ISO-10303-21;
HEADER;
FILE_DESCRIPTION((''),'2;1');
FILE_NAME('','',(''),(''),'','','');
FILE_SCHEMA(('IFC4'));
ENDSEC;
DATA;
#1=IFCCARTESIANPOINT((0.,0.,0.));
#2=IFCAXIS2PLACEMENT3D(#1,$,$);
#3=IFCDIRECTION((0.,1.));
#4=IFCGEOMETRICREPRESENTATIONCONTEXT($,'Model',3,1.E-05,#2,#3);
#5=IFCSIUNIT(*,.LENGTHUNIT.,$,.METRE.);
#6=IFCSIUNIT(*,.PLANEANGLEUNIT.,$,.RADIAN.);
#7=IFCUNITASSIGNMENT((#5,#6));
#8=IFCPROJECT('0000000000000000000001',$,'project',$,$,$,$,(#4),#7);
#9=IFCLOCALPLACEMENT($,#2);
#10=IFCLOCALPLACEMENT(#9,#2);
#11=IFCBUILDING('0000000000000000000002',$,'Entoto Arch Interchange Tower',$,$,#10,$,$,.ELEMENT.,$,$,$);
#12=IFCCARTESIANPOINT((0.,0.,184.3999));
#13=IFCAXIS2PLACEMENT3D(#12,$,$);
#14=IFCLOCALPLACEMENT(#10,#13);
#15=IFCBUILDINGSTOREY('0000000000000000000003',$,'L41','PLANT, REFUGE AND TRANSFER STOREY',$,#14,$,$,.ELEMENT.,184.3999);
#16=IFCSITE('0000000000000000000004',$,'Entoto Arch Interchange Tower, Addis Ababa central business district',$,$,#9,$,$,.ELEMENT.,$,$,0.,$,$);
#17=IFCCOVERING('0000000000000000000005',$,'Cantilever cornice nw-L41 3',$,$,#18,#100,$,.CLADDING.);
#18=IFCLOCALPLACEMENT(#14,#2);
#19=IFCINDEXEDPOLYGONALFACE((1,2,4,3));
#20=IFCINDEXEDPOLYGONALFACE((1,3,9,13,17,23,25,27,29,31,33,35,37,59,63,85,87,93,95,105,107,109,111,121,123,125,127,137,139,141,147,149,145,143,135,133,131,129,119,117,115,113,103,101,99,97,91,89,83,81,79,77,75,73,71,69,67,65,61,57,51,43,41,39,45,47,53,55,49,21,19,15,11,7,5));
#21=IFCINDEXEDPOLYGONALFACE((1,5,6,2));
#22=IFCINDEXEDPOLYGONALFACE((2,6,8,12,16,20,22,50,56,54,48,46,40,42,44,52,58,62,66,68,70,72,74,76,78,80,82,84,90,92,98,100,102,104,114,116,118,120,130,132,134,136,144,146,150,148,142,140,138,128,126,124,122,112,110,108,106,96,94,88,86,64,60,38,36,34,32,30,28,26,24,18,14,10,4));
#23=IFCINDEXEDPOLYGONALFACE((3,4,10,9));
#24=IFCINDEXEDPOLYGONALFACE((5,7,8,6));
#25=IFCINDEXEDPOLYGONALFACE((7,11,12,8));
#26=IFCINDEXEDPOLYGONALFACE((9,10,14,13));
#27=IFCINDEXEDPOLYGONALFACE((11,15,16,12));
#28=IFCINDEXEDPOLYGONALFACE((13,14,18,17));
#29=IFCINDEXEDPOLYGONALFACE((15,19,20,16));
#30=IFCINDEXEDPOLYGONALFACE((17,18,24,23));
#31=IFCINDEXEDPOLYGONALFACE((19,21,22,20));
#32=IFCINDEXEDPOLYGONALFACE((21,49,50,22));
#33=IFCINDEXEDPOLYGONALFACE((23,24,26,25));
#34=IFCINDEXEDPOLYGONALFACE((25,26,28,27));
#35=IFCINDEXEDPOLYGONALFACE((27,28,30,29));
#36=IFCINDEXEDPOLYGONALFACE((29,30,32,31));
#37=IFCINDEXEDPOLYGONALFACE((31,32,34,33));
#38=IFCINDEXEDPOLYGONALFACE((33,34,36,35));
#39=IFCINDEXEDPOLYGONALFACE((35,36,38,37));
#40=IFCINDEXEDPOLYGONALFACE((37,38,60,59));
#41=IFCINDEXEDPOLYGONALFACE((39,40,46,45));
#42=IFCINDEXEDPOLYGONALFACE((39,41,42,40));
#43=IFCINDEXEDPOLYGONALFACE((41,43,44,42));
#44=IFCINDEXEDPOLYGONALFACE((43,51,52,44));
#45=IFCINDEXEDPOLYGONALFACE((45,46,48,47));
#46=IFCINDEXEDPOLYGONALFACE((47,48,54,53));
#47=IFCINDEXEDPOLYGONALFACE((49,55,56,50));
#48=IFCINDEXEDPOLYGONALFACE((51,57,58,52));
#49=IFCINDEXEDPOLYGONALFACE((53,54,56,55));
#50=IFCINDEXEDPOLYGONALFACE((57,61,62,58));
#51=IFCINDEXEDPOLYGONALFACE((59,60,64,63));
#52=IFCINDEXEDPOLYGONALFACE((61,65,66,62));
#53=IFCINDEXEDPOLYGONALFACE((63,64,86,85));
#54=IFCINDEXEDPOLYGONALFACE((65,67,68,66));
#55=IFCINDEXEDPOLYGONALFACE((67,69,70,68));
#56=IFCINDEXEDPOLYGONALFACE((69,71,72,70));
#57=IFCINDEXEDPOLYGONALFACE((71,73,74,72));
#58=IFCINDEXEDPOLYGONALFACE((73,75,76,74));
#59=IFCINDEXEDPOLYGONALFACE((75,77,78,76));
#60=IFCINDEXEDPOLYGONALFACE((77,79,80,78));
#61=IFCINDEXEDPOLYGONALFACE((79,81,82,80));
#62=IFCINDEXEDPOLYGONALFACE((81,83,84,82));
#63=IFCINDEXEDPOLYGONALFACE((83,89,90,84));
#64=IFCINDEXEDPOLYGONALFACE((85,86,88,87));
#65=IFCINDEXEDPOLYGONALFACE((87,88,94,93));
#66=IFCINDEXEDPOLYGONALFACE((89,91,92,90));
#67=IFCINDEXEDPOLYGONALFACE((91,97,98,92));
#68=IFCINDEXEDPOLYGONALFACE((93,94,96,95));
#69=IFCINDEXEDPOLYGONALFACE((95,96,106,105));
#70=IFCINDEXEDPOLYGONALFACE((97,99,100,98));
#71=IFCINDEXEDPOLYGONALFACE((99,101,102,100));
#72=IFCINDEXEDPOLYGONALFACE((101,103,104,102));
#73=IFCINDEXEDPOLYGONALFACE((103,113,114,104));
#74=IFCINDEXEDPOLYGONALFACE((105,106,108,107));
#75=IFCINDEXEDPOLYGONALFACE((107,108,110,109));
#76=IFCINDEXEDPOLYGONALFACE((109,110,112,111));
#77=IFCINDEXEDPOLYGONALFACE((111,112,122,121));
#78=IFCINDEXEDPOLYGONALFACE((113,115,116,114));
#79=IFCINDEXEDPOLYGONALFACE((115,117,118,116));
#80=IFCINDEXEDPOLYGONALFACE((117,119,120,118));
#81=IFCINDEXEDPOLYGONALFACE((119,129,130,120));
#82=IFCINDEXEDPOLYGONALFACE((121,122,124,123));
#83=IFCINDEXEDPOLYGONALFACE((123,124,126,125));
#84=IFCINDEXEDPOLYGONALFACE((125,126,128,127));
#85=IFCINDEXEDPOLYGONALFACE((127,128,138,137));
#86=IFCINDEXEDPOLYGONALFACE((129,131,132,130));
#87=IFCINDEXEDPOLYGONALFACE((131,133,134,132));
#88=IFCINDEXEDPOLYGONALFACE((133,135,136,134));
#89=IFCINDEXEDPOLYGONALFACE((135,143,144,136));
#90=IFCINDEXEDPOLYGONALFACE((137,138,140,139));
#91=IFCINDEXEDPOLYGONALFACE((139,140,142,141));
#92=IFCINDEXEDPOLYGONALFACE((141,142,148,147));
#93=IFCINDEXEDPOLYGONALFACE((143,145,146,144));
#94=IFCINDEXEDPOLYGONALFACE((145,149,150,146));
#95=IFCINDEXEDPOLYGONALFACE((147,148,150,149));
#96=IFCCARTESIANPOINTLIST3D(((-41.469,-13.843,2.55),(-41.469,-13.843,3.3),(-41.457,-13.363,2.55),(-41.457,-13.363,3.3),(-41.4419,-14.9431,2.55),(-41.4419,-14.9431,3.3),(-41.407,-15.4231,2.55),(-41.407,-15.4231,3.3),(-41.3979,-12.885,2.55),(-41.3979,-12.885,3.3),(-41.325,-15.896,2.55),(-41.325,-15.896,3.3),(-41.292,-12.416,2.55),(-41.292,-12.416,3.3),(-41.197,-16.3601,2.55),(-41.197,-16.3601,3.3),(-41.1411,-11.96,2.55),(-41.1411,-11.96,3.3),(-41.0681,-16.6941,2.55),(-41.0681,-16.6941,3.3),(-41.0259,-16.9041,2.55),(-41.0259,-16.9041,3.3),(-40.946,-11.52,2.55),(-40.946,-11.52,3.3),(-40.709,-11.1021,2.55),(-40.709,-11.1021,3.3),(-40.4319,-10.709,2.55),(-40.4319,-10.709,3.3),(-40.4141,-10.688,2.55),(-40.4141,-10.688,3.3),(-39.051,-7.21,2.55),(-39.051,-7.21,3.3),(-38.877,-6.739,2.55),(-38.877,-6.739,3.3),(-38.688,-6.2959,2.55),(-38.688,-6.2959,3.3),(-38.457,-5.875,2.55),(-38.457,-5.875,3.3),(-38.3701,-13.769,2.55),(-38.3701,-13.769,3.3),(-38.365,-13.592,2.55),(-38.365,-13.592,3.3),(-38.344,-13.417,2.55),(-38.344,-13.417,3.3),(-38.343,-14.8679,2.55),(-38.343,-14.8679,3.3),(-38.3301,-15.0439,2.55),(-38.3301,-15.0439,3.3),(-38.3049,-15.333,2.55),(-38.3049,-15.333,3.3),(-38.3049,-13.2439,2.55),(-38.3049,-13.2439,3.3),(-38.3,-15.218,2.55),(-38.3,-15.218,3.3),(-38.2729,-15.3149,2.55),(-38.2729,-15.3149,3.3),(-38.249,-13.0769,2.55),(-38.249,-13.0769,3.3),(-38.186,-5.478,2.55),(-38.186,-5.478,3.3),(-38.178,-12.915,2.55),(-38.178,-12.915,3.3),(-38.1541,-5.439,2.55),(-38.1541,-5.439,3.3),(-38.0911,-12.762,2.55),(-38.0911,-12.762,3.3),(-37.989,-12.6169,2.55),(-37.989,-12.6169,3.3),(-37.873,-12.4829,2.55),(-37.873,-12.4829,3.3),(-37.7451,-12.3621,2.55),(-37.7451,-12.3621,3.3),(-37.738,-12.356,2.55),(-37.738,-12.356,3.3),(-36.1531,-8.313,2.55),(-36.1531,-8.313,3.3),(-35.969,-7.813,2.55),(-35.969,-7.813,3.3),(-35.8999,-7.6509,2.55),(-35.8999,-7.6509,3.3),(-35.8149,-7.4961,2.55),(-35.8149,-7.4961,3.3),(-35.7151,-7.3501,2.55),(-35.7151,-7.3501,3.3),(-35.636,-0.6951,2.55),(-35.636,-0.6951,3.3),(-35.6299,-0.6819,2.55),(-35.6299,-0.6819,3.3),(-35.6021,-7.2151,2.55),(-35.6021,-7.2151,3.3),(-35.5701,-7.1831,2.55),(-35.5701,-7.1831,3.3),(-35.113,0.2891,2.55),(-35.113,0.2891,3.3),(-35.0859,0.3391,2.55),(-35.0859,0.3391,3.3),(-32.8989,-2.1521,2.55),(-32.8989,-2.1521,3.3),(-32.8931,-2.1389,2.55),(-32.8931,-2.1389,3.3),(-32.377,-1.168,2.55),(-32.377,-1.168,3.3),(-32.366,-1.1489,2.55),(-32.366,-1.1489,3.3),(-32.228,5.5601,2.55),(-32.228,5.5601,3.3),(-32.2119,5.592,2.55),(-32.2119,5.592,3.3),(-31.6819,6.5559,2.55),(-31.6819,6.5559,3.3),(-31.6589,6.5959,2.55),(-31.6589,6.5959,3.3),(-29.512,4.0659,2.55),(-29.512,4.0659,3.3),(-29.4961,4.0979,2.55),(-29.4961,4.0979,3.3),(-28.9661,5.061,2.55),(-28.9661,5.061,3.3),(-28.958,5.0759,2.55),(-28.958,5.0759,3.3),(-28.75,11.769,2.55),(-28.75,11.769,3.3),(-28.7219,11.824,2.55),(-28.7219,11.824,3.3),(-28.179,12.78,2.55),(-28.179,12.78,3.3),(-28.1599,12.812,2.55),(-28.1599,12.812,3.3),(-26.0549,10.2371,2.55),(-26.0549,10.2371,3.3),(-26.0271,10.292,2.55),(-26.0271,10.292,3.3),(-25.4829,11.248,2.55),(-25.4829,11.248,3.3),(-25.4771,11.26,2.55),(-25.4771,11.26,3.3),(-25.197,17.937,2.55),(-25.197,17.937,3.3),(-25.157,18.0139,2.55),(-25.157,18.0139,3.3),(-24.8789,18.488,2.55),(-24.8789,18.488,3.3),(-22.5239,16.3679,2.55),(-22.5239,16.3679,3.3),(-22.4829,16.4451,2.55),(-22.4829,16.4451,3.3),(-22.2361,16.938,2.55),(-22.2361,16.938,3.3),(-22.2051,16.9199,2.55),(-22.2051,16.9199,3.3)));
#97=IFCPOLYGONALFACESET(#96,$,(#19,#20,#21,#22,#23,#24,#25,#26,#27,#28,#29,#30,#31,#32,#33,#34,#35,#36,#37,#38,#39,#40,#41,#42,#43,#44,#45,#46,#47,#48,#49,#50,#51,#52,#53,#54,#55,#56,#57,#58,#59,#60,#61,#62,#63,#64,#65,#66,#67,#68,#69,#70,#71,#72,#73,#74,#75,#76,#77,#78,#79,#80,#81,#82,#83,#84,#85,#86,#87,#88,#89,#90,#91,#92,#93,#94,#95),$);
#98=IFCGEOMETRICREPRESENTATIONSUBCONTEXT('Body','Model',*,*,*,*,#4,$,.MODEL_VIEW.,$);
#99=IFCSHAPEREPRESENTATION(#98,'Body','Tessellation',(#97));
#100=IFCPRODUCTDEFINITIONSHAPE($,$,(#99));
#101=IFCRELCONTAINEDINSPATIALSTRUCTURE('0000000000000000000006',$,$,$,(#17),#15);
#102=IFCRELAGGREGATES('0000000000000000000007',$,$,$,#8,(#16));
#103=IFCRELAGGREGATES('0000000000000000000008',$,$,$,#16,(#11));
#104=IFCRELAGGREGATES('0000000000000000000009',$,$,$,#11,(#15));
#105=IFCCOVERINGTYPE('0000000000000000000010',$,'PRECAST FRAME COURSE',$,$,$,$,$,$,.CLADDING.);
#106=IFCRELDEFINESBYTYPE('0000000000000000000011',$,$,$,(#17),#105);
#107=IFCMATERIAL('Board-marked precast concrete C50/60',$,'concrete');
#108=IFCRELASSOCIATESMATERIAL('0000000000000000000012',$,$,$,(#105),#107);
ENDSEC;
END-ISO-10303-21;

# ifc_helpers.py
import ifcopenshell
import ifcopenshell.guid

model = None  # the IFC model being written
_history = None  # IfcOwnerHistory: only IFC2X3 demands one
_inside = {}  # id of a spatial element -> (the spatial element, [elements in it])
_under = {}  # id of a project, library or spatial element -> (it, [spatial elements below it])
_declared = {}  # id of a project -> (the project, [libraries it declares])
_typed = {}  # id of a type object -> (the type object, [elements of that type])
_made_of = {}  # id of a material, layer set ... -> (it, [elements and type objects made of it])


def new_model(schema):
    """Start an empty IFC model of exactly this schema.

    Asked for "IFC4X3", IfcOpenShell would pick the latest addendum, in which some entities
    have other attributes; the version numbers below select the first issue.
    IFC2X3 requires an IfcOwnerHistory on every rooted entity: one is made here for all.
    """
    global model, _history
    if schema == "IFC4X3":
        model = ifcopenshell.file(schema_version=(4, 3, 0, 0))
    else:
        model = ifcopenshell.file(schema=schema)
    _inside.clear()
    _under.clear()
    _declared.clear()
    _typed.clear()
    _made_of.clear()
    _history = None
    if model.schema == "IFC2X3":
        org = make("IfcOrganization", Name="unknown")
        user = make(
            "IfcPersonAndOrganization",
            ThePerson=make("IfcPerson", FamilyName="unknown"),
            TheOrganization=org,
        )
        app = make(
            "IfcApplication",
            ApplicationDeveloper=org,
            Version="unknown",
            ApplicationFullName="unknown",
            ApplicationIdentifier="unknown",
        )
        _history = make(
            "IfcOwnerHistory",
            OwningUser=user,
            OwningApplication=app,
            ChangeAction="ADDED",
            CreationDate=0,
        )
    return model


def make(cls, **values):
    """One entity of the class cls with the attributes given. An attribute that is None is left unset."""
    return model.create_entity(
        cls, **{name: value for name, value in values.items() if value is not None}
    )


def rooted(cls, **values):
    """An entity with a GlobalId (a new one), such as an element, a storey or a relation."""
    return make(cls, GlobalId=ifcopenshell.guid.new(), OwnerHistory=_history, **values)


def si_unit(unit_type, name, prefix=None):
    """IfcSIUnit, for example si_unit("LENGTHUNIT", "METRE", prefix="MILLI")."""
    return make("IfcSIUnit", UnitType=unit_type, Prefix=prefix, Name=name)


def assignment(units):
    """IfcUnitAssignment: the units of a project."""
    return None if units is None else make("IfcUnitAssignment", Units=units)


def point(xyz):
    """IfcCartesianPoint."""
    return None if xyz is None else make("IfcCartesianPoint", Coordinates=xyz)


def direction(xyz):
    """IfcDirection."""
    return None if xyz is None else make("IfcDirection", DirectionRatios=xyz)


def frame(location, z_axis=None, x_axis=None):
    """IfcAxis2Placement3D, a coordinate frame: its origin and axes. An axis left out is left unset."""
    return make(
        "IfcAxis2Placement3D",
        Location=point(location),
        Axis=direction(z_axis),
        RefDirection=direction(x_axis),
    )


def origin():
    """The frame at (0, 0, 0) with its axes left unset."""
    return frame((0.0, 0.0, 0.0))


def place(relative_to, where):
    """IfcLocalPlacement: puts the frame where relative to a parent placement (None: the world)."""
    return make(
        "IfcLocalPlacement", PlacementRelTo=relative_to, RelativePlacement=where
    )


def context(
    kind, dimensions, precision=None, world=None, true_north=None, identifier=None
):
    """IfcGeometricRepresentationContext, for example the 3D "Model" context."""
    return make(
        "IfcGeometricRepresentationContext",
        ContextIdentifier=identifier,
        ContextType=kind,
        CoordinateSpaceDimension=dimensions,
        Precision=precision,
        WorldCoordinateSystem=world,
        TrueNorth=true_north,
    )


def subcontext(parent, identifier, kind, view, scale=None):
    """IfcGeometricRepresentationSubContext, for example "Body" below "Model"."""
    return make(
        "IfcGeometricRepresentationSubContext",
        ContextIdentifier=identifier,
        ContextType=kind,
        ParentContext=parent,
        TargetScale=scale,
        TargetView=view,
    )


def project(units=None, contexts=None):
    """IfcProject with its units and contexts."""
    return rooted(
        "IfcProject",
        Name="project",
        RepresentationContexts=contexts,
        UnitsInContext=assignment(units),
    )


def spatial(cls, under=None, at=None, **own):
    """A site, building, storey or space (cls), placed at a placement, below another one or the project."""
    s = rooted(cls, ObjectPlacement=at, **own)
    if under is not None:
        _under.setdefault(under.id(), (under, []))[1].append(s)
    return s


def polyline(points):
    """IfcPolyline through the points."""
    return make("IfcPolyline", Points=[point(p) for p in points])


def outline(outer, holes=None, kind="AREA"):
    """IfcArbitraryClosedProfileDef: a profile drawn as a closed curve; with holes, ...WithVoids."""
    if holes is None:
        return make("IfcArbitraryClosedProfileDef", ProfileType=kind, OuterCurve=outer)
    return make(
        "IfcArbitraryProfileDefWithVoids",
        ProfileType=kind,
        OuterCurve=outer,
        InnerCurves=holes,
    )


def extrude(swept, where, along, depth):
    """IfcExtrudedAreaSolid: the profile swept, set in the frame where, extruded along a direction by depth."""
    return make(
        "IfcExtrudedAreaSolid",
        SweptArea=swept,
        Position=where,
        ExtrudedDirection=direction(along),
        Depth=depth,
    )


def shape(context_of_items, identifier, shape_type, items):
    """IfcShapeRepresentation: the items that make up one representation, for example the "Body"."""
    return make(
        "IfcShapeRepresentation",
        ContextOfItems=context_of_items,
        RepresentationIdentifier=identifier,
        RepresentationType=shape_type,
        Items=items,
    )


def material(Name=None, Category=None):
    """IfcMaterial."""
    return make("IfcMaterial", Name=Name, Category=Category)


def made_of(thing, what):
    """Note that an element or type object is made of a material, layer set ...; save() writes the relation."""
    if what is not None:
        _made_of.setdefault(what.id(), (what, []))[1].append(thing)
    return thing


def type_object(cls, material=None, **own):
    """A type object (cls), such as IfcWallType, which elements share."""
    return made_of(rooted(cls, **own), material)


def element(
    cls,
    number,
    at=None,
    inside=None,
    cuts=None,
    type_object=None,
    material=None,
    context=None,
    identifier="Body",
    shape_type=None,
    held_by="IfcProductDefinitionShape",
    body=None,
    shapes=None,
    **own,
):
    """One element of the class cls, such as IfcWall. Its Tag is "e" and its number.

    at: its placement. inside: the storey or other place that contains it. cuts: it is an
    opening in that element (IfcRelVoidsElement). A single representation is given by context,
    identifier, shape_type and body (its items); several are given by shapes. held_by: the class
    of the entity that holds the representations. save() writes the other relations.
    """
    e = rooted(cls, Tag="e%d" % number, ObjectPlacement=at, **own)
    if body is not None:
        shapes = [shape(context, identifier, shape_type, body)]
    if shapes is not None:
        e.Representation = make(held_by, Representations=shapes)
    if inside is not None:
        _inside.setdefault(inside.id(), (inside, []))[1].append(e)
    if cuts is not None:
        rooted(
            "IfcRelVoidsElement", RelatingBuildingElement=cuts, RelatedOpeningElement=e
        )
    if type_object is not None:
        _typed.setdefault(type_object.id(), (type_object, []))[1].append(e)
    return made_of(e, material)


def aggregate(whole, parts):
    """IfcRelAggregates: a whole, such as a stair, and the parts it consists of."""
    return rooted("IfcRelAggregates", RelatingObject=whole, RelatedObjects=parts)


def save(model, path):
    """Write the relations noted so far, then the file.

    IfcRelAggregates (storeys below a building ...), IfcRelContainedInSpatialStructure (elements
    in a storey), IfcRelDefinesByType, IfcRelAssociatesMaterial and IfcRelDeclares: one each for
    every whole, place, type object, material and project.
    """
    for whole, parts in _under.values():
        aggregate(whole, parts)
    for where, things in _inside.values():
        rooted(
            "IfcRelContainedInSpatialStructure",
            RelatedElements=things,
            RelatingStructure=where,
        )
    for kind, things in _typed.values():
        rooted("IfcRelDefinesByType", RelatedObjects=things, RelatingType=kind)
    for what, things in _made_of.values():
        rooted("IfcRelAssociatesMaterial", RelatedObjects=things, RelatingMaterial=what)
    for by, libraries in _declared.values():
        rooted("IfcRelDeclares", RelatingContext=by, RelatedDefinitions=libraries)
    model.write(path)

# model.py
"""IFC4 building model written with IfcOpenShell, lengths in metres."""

from ifc_helpers import new_model, si_unit, direction, frame, origin, place, context, subcontext, project, spatial, polyline, outline, extrude, material, type_object, element, save


model = new_model("IFC4")

# Units and contexts
model_context = context("Model", 3, precision=1e-05, world=origin(), true_north=direction((0.0, 1.0)))
body_context = subcontext(model_context, "Body", "Model", "MODEL_VIEW")
ifc_project = project(units=[si_unit("LENGTHUNIT", "METRE"), si_unit("PLANEANGLEUNIT", "RADIAN")], contexts=[model_context])

# Site, building, storey
site_placement = place(None, origin())
site = spatial("IfcSite", under=ifc_project, at=site_placement, Name="Entoto Arch Interchange Tower, Addis Ababa central business district", CompositionType="ELEMENT", RefElevation=0.0)
building_placement = place(site_placement, origin())
building = spatial("IfcBuilding", under=site, at=building_placement, Name="Entoto Arch Interchange Tower", CompositionType="ELEMENT")
storey_placement = place(building_placement, frame((0.0, 0.0, 184.3999)))
storey = spatial("IfcBuildingStorey", under=building, at=storey_placement, Name="L41", Description="PLANT, REFUGE AND TRANSFER STOREY", CompositionType="ELEMENT", Elevation=184.3999)

# Covering
ifc_material_1 = material(Name="Board-marked precast concrete C50/60", Category="concrete")
covering_type_1 = type_object("IfcCoveringType", Name="PRECAST FRAME COURSE", PredefinedType="CLADDING", material=ifc_material_1)
covering_1_placement = place(storey_placement, frame((0.0, 0.0, 2.55)))
element("IfcCovering", 1, at=covering_1_placement, inside=storey, type_object=covering_type_1, Name="Cantilever cornice nw-L41 3", PredefinedType="CLADDING", context=body_context, shape_type="SweptSolid", body=[
    extrude(outline(polyline([(-22.2361, 16.938), (-22.2051, 16.9199), (-22.4829, 16.4451), (-22.5239, 16.3679), (-25.4771, 11.26), (-25.4829, 11.248), (-26.0271, 10.292), (-26.0549, 10.2371), (-28.958, 5.0759), (-28.9661, 5.061), (-29.4961, 4.0979), (-29.512, 4.0659), (-32.366, -1.1489), (-32.377, -1.168), (-32.8931, -2.1389), (-32.8989, -2.1521), (-35.5701, -7.1831), (-35.6021, -7.2151), (-35.7151, -7.3501), (-35.8149, -7.4961), (-35.8999, -7.6509), (-35.969, -7.813), (-36.1531, -8.313), (-37.738, -12.356), (-37.7451, -12.3621), (-37.873, -12.4829), (-37.989, -12.6169), (-38.0911, -12.762), (-38.178, -12.915), (-38.249, -13.0769), (-38.3049, -13.2439), (-38.344, -13.417), (-38.365, -13.592), (-38.3701, -13.769), (-38.343, -14.8679), (-38.3301, -15.0439), (-38.3, -15.218), (-38.2729, -15.3149), (-38.3049, -15.333), (-41.0259, -16.9041), (-41.0681, -16.6941), (-41.197, -16.3601), (-41.325, -15.896), (-41.407, -15.4231), (-41.4419, -14.9431), (-41.469, -13.843), (-41.457, -13.363), (-41.3979, -12.885), (-41.292, -12.416), (-41.1411, -11.96), (-40.946, -11.52), (-40.709, -11.1021), (-40.4319, -10.709), (-40.4141, -10.688), (-39.051, -7.21), (-38.877, -6.739), (-38.688, -6.2959), (-38.457, -5.875), (-38.186, -5.478), (-38.1541, -5.439), (-35.636, -0.6951), (-35.6299, -0.6819), (-35.113, 0.2891), (-35.0859, 0.3391), (-32.228, 5.5601), (-32.2119, 5.592), (-31.6819, 6.5559), (-31.6589, 6.5959), (-28.75, 11.769), (-28.7219, 11.824), (-28.179, 12.78), (-28.1599, 12.812), (-25.197, 17.937), (-25.157, 18.0139), (-24.8789, 18.488), (-22.2361, 16.938)])), origin(), (0.0, 0.0, 1.0), 0.75),
])

save(model, "model.ifc")
